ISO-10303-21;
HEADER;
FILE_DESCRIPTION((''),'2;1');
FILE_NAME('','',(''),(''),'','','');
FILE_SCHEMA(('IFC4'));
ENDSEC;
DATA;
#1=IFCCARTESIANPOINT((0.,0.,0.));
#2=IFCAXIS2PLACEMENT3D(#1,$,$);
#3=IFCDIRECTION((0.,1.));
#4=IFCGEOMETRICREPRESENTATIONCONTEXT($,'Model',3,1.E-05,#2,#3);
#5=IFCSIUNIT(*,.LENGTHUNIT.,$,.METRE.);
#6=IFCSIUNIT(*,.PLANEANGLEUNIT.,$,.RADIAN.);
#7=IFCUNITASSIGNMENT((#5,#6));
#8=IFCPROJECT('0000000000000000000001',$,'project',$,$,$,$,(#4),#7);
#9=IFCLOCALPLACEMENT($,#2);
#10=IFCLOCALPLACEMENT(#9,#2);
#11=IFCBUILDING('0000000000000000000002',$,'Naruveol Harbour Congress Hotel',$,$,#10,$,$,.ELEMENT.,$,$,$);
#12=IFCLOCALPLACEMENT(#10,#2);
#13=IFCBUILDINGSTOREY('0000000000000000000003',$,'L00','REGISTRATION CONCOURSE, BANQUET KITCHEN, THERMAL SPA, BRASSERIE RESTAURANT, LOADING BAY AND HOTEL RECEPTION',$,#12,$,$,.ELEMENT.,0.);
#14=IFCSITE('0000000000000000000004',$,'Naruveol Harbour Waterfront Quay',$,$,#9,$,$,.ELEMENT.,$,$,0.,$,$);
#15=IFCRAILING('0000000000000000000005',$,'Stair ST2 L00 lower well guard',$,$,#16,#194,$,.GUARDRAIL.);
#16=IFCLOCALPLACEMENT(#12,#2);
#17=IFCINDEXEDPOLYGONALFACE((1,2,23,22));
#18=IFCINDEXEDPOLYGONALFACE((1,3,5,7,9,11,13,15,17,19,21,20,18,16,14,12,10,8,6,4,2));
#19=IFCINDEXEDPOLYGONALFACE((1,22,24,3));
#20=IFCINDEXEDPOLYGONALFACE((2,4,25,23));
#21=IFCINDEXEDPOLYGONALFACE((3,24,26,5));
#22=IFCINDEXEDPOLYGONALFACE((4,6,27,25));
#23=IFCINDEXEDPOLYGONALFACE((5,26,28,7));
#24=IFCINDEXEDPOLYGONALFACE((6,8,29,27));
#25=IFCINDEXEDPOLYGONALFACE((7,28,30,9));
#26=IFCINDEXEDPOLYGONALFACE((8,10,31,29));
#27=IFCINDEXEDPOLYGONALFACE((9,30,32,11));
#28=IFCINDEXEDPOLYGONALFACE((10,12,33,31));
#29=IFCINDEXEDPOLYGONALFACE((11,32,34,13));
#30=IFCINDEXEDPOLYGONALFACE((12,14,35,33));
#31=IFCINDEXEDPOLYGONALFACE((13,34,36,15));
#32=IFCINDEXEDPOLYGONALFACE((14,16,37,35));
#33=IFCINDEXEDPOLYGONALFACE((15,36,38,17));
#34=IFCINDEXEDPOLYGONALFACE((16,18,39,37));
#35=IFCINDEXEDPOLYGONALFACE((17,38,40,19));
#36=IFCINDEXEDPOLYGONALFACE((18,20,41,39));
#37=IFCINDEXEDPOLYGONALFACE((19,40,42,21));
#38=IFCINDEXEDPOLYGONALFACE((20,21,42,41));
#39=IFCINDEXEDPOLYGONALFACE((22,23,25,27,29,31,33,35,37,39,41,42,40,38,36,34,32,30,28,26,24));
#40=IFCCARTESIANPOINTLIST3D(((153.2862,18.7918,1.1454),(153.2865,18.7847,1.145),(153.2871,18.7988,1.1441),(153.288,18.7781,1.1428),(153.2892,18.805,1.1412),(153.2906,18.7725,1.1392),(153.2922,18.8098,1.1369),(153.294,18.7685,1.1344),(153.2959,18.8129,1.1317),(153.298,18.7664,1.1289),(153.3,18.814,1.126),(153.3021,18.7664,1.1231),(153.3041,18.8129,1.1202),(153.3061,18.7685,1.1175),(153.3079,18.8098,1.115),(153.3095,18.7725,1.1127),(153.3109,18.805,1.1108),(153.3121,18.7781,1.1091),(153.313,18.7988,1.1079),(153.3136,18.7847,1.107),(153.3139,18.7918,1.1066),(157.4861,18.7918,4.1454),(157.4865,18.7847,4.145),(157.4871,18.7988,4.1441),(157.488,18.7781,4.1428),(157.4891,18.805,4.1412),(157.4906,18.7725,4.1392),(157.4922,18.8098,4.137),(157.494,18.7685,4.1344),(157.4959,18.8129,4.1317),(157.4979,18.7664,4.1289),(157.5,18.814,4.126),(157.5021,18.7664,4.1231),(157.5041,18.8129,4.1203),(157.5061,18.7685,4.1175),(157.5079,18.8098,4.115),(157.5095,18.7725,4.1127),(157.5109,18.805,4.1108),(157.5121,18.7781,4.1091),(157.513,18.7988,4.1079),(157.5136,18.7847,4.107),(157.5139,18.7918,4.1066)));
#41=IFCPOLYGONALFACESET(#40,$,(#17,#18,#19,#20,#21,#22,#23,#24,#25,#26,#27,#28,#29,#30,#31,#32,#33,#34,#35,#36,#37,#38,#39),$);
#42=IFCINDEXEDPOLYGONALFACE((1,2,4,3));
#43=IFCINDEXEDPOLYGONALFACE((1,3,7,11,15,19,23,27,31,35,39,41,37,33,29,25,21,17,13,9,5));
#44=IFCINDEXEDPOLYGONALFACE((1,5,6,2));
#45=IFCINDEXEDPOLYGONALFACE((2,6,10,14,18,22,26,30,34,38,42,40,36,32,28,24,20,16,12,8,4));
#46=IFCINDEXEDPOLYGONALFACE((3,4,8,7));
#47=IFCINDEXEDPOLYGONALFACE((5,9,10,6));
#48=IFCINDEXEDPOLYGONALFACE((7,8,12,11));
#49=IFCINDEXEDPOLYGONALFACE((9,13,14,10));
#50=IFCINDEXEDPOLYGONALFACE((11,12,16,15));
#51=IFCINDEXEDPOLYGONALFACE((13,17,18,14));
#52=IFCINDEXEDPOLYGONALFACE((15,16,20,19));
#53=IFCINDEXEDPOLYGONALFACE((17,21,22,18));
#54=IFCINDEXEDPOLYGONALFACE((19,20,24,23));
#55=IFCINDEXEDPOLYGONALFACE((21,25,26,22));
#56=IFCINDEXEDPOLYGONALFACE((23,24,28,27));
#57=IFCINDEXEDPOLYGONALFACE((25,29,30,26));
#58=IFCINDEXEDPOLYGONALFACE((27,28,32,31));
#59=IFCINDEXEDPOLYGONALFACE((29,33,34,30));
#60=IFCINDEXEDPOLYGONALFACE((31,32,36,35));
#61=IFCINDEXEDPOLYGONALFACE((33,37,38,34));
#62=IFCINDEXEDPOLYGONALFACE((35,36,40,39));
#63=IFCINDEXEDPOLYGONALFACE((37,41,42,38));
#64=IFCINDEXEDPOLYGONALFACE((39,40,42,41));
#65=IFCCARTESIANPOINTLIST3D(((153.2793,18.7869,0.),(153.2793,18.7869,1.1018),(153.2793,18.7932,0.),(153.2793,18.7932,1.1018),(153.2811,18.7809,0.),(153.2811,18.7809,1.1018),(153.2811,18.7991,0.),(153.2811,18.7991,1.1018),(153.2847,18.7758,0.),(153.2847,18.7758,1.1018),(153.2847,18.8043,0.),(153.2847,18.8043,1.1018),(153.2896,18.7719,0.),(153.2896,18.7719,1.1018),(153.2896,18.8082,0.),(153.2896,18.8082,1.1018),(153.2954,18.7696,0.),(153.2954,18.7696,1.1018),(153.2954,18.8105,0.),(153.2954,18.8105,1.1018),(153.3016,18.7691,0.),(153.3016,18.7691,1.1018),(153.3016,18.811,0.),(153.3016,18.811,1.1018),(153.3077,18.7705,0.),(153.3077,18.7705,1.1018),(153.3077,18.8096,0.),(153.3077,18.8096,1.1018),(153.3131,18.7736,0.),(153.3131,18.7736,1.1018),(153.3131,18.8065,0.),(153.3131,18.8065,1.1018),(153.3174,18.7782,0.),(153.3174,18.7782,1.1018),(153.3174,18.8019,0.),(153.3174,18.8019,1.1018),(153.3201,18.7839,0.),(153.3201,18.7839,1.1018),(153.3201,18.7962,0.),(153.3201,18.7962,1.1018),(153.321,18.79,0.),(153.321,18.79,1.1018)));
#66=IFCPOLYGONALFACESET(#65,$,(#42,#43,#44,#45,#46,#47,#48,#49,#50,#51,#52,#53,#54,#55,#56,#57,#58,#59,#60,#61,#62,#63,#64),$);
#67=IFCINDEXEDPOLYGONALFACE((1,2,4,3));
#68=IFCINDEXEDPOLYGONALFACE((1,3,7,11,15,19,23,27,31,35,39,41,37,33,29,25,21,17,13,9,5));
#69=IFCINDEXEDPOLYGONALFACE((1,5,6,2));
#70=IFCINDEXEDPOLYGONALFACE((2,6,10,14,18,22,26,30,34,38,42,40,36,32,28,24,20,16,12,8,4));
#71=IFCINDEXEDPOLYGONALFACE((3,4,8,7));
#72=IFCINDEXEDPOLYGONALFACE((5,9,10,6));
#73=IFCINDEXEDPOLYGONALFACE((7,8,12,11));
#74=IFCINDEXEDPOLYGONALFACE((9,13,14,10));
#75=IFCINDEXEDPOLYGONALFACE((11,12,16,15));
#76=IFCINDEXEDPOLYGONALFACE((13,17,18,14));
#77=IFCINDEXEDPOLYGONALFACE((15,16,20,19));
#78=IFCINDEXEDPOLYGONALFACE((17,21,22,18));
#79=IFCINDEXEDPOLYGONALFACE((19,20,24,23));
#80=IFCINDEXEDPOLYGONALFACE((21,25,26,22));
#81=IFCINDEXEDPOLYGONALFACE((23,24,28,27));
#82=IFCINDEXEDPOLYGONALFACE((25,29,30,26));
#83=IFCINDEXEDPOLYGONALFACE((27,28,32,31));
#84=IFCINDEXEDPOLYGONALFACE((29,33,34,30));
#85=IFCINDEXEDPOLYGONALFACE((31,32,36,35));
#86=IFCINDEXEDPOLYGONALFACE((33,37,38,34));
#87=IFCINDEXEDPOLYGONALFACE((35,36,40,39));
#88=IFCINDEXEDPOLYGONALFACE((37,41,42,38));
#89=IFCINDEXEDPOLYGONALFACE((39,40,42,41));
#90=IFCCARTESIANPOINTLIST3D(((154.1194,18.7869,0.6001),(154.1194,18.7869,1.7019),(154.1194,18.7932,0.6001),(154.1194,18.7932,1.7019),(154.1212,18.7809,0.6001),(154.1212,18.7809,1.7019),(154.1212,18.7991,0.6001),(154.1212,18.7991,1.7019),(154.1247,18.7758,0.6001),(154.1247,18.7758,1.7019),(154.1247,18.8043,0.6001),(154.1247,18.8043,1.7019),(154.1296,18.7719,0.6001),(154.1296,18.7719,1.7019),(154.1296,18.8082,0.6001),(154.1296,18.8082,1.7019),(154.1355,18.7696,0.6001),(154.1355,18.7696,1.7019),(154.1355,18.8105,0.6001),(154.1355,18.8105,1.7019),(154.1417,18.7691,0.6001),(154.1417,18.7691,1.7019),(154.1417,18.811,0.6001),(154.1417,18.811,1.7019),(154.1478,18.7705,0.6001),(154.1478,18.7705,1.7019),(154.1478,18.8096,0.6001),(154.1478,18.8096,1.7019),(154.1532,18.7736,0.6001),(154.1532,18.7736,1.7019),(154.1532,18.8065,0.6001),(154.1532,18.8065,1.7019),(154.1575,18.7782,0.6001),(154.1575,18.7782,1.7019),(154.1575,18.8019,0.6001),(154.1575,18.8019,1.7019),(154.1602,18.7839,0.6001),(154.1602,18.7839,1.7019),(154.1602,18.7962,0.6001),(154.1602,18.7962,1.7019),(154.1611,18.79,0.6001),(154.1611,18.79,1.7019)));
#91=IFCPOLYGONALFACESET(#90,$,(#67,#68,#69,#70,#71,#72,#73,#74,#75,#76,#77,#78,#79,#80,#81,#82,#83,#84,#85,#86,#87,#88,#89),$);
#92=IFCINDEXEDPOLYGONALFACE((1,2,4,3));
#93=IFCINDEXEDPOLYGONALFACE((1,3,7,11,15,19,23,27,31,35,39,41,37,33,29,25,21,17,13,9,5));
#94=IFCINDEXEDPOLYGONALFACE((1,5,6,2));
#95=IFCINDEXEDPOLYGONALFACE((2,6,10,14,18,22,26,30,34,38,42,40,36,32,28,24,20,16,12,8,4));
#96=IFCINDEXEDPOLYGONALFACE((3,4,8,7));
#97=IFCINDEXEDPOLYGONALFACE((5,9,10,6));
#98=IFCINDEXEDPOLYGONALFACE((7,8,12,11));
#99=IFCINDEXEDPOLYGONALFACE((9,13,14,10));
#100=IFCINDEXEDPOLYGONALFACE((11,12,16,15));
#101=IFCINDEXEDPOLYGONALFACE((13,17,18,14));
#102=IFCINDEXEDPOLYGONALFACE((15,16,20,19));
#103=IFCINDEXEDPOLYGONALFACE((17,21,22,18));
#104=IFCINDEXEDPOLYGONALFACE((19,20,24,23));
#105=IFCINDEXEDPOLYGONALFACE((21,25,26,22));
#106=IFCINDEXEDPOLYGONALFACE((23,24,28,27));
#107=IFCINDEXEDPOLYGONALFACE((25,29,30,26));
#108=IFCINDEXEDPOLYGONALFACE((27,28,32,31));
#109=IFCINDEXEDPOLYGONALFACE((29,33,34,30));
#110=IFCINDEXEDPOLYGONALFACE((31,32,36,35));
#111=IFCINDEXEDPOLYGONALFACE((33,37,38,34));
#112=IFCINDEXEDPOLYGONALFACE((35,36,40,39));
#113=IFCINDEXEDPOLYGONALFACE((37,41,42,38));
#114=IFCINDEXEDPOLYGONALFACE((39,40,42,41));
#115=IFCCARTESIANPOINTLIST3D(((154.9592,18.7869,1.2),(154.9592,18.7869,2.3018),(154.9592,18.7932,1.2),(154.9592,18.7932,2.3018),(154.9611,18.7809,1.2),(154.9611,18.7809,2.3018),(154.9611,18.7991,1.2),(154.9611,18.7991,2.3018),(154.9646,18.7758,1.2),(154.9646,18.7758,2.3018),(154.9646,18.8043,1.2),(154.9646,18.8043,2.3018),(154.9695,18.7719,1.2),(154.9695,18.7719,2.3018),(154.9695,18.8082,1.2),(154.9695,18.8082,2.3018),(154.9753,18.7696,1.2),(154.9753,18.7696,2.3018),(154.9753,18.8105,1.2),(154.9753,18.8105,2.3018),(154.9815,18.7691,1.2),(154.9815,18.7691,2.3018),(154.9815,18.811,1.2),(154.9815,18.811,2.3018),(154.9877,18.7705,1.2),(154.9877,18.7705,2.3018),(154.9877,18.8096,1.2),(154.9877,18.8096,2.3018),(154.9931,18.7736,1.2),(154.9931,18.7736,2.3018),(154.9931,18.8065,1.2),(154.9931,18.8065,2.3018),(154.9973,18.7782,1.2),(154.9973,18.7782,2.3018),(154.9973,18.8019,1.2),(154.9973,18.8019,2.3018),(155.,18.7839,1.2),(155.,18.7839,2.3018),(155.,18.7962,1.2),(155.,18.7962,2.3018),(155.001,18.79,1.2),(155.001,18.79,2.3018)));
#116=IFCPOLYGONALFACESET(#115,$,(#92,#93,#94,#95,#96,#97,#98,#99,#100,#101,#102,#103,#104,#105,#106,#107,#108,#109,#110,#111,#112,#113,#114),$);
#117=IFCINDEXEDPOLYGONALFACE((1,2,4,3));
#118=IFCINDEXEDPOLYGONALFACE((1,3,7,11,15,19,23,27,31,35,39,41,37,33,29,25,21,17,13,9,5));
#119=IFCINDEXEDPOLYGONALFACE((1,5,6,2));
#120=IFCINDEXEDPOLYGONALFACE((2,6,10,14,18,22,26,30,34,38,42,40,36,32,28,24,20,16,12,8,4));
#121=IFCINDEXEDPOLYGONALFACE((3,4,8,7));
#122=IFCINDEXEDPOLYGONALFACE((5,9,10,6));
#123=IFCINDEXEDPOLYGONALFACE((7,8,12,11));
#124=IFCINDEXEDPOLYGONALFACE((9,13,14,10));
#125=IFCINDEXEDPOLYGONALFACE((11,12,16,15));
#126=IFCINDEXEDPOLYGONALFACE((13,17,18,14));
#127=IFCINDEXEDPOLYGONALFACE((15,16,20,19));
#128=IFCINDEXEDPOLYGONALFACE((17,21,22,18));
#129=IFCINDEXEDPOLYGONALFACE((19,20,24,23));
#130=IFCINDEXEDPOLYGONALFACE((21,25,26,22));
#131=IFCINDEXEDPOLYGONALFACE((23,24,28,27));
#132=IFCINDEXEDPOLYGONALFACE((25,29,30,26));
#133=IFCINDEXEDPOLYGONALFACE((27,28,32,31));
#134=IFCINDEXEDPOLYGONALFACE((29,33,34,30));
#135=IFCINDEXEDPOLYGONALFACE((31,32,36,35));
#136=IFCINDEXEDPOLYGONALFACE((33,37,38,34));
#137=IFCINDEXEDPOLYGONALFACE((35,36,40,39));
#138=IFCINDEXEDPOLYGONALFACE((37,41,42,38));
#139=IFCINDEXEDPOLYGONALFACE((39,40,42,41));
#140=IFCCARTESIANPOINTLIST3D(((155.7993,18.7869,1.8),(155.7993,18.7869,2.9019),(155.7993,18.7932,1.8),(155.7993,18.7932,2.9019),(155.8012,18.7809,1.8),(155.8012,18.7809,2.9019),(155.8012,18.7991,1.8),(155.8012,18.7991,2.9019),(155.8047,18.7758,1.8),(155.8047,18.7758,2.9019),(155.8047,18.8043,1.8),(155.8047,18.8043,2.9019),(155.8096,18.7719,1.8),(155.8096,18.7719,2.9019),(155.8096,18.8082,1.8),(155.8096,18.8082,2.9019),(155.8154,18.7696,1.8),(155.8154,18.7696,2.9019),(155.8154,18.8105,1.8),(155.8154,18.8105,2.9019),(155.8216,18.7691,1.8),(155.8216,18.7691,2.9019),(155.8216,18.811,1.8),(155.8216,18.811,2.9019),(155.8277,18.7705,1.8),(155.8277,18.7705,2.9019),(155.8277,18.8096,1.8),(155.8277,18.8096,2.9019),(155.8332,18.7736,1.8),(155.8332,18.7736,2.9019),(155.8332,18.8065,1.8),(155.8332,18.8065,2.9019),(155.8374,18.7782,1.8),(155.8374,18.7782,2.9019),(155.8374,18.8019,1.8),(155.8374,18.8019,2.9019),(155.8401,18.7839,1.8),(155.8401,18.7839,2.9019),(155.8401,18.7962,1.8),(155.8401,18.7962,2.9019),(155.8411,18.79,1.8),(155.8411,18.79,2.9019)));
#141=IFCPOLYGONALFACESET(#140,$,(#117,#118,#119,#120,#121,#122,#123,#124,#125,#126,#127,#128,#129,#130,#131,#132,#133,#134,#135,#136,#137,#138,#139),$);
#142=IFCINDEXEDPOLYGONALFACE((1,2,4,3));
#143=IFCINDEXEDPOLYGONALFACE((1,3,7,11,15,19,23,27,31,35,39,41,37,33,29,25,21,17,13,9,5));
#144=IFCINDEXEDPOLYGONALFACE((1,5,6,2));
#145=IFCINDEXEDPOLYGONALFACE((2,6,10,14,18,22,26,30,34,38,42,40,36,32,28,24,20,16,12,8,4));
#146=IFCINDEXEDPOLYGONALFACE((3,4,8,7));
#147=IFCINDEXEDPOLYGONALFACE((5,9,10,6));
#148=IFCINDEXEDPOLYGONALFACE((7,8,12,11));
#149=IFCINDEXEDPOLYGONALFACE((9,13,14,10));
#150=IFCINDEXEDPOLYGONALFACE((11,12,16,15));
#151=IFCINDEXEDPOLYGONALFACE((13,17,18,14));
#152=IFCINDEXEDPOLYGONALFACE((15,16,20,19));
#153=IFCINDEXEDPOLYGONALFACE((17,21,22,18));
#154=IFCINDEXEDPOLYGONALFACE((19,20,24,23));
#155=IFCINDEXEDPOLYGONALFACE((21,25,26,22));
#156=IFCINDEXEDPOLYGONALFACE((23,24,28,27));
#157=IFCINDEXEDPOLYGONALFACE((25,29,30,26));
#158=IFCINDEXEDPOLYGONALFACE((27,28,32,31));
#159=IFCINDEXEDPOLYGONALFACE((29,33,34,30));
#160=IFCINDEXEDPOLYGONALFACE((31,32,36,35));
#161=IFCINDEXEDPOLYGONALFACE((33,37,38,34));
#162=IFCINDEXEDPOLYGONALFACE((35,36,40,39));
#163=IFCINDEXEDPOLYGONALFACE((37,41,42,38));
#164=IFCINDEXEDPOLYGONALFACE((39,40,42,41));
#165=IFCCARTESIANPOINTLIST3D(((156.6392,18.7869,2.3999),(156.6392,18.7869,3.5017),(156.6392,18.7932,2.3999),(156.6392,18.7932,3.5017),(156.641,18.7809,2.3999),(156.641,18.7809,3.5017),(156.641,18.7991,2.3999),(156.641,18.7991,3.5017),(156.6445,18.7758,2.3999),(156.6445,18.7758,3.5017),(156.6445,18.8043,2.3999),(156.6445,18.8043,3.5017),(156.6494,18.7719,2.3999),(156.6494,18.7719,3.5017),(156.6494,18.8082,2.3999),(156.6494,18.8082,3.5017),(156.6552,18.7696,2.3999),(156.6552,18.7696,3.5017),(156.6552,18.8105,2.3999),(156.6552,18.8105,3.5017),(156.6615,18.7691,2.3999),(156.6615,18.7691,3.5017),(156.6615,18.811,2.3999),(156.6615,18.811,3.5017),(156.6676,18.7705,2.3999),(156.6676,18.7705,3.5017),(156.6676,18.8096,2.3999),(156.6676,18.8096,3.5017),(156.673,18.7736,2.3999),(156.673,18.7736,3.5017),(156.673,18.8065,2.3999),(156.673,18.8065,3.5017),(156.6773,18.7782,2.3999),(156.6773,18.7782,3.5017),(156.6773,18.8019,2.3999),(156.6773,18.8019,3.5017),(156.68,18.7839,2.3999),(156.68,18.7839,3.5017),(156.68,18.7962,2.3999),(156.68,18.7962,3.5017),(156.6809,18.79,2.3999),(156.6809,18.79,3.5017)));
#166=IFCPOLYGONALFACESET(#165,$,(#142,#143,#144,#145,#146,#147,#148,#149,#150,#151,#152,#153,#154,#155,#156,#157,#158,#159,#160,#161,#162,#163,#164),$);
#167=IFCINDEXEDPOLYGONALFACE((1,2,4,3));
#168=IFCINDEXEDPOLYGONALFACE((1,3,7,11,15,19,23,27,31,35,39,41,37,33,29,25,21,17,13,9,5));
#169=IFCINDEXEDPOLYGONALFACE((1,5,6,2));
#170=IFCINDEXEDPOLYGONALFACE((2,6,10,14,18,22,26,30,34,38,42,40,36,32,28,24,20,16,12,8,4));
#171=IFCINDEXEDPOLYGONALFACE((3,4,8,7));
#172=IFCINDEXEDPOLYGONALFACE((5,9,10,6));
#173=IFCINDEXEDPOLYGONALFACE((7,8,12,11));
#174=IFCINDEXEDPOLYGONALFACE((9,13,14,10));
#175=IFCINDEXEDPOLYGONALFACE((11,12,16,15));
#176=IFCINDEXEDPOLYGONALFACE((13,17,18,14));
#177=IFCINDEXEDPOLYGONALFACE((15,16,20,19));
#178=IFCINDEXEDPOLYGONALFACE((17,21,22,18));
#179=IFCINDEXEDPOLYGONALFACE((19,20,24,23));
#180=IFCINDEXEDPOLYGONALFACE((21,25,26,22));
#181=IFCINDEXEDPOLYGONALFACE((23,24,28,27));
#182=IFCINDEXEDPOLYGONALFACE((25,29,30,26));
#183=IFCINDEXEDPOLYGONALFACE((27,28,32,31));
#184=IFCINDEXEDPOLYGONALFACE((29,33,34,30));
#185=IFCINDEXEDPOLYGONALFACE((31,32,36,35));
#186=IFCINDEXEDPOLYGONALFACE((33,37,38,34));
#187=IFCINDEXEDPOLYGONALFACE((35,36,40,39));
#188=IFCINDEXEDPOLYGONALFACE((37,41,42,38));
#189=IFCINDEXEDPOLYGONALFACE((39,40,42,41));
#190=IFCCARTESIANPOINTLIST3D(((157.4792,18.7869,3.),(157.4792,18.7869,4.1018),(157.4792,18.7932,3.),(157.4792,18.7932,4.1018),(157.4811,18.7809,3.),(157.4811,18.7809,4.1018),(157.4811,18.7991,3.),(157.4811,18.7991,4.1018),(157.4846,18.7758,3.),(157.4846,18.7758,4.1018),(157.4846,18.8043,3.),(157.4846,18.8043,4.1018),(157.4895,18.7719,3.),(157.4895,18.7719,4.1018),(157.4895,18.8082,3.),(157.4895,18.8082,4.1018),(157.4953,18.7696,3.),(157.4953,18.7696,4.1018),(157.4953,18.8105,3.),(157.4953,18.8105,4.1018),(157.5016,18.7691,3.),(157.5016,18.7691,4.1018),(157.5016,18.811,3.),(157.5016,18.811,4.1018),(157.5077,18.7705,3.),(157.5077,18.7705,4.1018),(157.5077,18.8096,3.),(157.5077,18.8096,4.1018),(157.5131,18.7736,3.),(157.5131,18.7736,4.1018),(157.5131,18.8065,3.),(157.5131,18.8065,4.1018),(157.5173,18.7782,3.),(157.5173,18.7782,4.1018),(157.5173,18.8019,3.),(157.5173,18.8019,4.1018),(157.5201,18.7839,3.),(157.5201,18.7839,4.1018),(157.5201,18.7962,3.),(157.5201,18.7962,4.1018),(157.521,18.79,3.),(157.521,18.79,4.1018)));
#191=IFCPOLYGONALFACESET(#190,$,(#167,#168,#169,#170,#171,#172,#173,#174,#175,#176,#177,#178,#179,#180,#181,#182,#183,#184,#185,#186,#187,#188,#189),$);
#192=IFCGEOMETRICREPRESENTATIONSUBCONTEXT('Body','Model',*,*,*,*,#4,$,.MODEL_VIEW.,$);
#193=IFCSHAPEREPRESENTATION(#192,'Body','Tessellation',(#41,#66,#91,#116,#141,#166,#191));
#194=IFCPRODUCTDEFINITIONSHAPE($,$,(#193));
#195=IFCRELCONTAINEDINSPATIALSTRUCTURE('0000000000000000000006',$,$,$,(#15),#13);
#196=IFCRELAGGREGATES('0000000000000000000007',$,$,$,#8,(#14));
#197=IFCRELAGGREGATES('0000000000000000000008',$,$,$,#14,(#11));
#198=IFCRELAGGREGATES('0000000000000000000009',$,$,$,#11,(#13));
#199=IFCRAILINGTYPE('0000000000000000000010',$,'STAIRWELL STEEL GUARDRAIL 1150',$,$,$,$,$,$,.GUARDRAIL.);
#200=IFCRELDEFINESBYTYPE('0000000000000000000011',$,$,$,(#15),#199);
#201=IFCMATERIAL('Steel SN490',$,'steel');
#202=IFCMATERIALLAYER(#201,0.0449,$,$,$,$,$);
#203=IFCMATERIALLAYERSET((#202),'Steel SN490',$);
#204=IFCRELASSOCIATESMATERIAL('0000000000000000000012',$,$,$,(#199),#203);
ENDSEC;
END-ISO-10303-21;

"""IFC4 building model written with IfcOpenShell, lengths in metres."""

from ifc_helpers import new_model, si_unit, direction, frame, origin, origin_2d, place, context, subcontext, project, spatial, circle, extrude, material, layer, layer_set, type_object, element, save


model = new_model("IFC4")

# Units and contexts
model_context = context("Model", 3, precision=1e-05, world=origin(), true_north=direction((0.0, 1.0)))
body_context = subcontext(model_context, "Body", "Model", "MODEL_VIEW")
ifc_project = project(units=[si_unit("LENGTHUNIT", "METRE"), si_unit("PLANEANGLEUNIT", "RADIAN")], contexts=[model_context])

# Site, building, storey
site_placement = place(None, origin())
site = spatial("IfcSite", under=ifc_project, at=site_placement, Name="Naruveol Harbour Waterfront Quay", CompositionType="ELEMENT", RefElevation=0.0)
building_placement = place(site_placement, origin())
building = spatial("IfcBuilding", under=site, at=building_placement, Name="Naruveol Harbour Congress Hotel", CompositionType="ELEMENT")
storey_placement = place(building_placement, origin())
storey = spatial("IfcBuildingStorey", under=building, at=storey_placement, Name="L00", Description="REGISTRATION CONCOURSE, BANQUET KITCHEN, THERMAL SPA, BRASSERIE RESTAURANT, LOADING BAY AND HOTEL RECEPTION", CompositionType="ELEMENT", Elevation=0.0)

# Railing
ifc_material_1 = material(Name="Steel SN490", Category="steel")
ifc_layer_1 = layer(ifc_material_1, 0.0449)
ifc_layer_set_1 = layer_set([ifc_layer_1], Name="Steel SN490")
railing_type_1 = type_object("IfcRailingType", Name="STAIRWELL STEEL GUARDRAIL 1150", PredefinedType="GUARDRAIL", material=ifc_layer_set_1)
railing_1_placement = place(storey_placement, frame((153.3, 18.79, 0.0)))
element("IfcRailing", 1, at=railing_1_placement, inside=storey, type_object=railing_type_1, Name="Stair ST2 L00 lower well guard", PredefinedType="GUARDRAIL", context=body_context, shape_type="SweptSolid", body=[
    extrude(circle(Radius=0.0239, at=origin_2d()), frame((0.0, 0.0, 1.126), z_axis=(0.81373, 0.0, 0.581243), x_axis=(0.0, 1.0, 0.0)), (0.0, 0.0, 1.0), 5.1614),
    extrude(circle(Radius=0.021, at=origin_2d()), origin(), (0.0, 0.0, 1.0), 1.1018),
    extrude(circle(Radius=0.021, at=origin_2d()), frame((0.8401, 0.0, 0.6001)), (0.0, 0.0, 1.0), 1.1018),
    extrude(circle(Radius=0.021, at=origin_2d()), frame((1.6799, 0.0, 1.2)), (0.0, 0.0, 1.0), 1.1018),
    extrude(circle(Radius=0.021, at=origin_2d()), frame((2.52, 0.0, 1.8)), (0.0, 0.0, 1.0), 1.1018),
    extrude(circle(Radius=0.021, at=origin_2d()), frame((3.3599, 0.0, 2.3999)), (0.0, 0.0, 1.0), 1.1018),
    extrude(circle(Radius=0.021, at=origin_2d()), frame((4.2, 0.0, 3.0)), (0.0, 0.0, 1.0), 1.1018),
])

save(model, "model.ifc")
